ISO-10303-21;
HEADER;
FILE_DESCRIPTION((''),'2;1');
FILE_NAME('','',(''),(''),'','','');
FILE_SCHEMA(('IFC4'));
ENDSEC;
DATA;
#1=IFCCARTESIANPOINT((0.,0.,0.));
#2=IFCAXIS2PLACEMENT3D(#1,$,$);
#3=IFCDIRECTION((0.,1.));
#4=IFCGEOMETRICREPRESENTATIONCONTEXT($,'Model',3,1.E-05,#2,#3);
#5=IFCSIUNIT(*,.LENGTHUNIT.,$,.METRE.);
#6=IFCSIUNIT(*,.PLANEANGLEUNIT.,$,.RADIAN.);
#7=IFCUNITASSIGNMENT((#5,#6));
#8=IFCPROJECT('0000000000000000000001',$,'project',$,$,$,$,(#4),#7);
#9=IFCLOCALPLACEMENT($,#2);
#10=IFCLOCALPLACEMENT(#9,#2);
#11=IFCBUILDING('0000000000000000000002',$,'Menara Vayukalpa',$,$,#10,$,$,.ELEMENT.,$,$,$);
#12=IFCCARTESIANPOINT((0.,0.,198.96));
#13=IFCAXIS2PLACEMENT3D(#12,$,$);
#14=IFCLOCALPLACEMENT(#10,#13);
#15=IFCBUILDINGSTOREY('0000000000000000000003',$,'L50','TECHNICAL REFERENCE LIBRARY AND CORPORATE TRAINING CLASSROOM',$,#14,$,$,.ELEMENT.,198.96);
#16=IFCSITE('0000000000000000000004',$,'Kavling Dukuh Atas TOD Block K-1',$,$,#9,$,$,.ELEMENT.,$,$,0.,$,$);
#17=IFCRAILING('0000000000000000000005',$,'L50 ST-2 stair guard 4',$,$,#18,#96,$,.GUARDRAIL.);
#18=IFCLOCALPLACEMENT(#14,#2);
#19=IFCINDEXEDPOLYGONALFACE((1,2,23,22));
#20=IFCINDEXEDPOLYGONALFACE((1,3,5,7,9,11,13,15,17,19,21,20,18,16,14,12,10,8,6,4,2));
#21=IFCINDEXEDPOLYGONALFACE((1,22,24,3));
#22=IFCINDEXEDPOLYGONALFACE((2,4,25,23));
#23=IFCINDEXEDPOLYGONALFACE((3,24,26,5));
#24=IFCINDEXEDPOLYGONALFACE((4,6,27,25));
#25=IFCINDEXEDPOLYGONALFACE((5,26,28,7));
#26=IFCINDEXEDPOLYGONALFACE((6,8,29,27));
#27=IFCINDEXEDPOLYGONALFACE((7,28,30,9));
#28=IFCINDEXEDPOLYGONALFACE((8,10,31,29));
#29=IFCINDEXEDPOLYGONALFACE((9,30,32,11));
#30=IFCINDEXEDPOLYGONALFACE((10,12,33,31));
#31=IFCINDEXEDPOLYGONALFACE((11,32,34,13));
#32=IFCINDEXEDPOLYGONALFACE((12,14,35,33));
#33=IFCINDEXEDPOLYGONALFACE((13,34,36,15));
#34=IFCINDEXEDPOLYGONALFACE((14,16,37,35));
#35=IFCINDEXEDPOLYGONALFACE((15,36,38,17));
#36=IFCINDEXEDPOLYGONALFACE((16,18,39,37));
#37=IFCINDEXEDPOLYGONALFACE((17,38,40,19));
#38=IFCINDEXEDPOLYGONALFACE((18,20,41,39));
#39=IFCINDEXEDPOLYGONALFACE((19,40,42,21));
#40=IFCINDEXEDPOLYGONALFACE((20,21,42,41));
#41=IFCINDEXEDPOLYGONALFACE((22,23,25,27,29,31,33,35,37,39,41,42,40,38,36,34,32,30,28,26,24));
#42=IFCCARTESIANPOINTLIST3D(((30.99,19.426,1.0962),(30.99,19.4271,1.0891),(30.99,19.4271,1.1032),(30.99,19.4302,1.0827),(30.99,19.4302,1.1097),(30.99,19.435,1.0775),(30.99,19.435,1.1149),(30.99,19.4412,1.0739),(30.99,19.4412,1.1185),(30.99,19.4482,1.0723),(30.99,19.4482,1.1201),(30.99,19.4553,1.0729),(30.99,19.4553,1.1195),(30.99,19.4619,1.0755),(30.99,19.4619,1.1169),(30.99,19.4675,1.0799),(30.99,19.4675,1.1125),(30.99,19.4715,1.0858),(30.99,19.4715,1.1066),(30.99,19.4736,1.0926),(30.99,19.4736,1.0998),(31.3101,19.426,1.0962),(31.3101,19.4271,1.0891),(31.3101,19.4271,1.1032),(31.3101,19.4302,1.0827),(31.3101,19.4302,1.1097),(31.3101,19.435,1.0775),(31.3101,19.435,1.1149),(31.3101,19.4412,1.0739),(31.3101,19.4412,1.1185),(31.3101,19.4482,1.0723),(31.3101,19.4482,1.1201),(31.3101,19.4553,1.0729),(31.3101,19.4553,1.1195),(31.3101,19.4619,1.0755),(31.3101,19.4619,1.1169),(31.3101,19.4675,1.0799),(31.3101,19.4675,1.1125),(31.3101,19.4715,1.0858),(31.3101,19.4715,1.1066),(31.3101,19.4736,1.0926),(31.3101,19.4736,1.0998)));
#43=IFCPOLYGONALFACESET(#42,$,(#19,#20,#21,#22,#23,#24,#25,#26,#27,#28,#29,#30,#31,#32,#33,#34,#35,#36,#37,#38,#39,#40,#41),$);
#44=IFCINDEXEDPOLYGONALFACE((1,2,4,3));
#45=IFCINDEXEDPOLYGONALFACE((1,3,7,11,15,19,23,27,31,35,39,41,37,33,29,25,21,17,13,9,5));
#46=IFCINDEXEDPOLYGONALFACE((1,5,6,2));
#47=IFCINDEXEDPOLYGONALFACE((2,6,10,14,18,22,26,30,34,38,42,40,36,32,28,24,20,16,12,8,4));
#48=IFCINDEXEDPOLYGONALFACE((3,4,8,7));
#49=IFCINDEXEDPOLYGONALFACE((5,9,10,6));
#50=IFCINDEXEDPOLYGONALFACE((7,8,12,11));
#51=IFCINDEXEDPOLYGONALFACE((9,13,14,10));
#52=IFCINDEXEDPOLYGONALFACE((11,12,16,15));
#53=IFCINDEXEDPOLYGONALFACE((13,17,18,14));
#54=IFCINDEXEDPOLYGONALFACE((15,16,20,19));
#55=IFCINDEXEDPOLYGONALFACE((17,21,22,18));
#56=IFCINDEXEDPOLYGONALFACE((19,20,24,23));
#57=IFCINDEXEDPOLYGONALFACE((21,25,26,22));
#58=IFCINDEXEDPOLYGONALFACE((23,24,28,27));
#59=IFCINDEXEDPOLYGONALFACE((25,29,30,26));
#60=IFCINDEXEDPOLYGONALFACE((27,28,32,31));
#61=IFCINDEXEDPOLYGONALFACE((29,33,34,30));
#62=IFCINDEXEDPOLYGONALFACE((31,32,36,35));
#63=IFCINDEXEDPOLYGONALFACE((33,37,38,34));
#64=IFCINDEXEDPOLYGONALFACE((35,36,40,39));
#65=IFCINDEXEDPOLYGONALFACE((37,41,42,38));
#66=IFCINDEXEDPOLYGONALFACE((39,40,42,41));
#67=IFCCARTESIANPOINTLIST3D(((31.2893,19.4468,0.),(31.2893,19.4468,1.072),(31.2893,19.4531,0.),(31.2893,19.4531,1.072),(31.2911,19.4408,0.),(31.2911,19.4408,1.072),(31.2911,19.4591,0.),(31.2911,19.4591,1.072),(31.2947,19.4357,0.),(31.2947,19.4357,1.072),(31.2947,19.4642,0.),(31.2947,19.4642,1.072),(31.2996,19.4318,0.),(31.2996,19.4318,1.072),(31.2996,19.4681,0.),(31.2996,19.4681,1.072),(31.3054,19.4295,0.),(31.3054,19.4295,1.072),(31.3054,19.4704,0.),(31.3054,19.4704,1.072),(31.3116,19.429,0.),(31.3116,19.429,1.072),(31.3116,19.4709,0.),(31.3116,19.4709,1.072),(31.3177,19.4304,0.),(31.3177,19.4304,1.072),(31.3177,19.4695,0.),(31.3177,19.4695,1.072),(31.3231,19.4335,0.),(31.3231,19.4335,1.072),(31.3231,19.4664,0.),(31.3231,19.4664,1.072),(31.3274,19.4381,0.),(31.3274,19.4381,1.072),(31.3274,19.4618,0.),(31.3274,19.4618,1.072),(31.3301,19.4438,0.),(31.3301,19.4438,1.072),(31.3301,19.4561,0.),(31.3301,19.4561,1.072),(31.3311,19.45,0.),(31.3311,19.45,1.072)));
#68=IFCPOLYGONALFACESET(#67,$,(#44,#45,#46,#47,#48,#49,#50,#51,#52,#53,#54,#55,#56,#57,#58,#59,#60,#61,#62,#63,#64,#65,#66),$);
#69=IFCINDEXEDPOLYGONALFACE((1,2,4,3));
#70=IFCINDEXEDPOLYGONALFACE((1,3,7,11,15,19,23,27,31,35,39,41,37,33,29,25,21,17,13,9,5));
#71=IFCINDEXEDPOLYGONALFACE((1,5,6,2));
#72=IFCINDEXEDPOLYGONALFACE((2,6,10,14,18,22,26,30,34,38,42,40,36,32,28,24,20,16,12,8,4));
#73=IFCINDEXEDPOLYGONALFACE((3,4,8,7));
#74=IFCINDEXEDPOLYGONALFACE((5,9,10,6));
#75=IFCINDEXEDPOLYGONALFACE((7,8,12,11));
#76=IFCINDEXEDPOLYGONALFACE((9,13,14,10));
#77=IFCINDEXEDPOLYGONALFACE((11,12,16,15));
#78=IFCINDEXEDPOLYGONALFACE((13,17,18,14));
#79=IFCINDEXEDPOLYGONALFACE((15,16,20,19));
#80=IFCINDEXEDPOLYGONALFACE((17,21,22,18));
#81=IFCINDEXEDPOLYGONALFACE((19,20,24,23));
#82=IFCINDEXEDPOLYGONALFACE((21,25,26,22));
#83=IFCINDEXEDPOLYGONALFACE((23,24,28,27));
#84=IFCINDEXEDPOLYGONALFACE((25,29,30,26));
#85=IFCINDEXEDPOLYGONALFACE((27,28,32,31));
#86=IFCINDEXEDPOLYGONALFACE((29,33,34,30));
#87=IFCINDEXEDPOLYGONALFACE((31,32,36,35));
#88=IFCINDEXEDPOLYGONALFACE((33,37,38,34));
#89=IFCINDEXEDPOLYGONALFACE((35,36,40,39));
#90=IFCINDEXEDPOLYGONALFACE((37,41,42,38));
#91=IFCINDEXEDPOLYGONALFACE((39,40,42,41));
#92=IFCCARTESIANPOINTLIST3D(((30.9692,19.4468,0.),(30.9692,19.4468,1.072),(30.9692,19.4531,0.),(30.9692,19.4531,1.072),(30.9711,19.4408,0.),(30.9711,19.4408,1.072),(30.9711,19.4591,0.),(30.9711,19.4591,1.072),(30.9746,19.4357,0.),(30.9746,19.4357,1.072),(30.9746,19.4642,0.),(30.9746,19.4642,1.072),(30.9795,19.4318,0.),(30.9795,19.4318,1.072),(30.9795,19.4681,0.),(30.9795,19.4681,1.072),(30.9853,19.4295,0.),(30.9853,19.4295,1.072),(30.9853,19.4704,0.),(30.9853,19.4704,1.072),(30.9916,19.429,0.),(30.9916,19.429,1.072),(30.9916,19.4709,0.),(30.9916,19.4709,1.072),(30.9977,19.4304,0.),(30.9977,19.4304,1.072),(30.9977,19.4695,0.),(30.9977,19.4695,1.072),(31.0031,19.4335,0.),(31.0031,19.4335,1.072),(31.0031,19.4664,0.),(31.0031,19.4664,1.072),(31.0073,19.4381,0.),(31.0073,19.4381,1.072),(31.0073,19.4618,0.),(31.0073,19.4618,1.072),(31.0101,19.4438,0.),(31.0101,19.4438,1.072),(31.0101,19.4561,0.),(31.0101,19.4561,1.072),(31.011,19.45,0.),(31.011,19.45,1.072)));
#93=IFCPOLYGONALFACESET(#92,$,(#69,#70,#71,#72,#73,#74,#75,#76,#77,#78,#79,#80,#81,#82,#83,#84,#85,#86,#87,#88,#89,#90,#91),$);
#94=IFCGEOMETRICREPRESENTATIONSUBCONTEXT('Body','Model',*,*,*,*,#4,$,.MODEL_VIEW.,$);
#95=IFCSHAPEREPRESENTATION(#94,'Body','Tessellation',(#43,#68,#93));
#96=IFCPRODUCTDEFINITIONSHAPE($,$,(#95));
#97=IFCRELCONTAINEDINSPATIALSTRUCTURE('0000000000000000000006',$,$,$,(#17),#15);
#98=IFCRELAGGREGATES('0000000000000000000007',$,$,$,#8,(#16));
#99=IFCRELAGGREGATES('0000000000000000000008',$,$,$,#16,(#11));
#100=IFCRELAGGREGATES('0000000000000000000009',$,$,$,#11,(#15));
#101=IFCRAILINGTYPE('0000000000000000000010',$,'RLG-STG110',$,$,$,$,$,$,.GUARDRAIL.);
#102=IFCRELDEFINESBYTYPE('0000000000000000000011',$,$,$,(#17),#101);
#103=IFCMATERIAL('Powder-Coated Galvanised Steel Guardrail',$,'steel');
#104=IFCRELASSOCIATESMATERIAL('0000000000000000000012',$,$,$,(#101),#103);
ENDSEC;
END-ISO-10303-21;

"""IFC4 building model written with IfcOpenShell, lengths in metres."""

from ifc_helpers import new_model, si_unit, direction, frame, origin, origin_2d, place, context, subcontext, project, spatial, circle, extrude, material, type_object, element, save


model = new_model("IFC4")

# Units and contexts
model_context = context("Model", 3, precision=1e-05, world=origin(), true_north=direction((0.0, 1.0)))
body_context = subcontext(model_context, "Body", "Model", "MODEL_VIEW")
ifc_project = project(units=[si_unit("LENGTHUNIT", "METRE"), si_unit("PLANEANGLEUNIT", "RADIAN")], contexts=[model_context])

# Site, building, storey
site_placement = place(None, origin())
site = spatial("IfcSite", under=ifc_project, at=site_placement, Name="Kavling Dukuh Atas TOD Block K-1", CompositionType="ELEMENT", RefElevation=0.0)
building_placement = place(site_placement, origin())
building = spatial("IfcBuilding", under=site, at=building_placement, Name="Menara Vayukalpa", CompositionType="ELEMENT")
storey_placement = place(building_placement, frame((0.0, 0.0, 198.96)))
storey = spatial("IfcBuildingStorey", under=building, at=storey_placement, Name="L50", Description="TECHNICAL REFERENCE LIBRARY AND CORPORATE TRAINING CLASSROOM", CompositionType="ELEMENT", Elevation=198.96)

# Railing
ifc_material_1 = material(Name="Powder-Coated Galvanised Steel Guardrail", Category="steel")
railing_type_1 = type_object("IfcRailingType", Name="RLG-STG110", PredefinedType="GUARDRAIL", material=ifc_material_1)
railing_1_placement = place(storey_placement, frame((31.3101, 19.45, 0.0)))
element("IfcRailing", 1, at=railing_1_placement, inside=storey, type_object=railing_type_1, Name="L50 ST-2 stair guard 4", PredefinedType="GUARDRAIL", context=body_context, shape_type="SweptSolid", body=[
    extrude(circle(Radius=0.0239, at=origin_2d()), frame((0.0, 0.0, 1.0962), z_axis=(-1.0, 0.0, 0.0), x_axis=(0.0, -1.0, 0.0)), (0.0, 0.0, 1.0), 0.3201),
    extrude(circle(Radius=0.021, at=origin_2d()), origin(), (0.0, 0.0, 1.0), 1.072),
    extrude(circle(Radius=0.021, at=origin_2d()), frame((-0.3201, 0.0, 0.0)), (0.0, 0.0, 1.0), 1.072),
])

save(model, "model.ifc")
